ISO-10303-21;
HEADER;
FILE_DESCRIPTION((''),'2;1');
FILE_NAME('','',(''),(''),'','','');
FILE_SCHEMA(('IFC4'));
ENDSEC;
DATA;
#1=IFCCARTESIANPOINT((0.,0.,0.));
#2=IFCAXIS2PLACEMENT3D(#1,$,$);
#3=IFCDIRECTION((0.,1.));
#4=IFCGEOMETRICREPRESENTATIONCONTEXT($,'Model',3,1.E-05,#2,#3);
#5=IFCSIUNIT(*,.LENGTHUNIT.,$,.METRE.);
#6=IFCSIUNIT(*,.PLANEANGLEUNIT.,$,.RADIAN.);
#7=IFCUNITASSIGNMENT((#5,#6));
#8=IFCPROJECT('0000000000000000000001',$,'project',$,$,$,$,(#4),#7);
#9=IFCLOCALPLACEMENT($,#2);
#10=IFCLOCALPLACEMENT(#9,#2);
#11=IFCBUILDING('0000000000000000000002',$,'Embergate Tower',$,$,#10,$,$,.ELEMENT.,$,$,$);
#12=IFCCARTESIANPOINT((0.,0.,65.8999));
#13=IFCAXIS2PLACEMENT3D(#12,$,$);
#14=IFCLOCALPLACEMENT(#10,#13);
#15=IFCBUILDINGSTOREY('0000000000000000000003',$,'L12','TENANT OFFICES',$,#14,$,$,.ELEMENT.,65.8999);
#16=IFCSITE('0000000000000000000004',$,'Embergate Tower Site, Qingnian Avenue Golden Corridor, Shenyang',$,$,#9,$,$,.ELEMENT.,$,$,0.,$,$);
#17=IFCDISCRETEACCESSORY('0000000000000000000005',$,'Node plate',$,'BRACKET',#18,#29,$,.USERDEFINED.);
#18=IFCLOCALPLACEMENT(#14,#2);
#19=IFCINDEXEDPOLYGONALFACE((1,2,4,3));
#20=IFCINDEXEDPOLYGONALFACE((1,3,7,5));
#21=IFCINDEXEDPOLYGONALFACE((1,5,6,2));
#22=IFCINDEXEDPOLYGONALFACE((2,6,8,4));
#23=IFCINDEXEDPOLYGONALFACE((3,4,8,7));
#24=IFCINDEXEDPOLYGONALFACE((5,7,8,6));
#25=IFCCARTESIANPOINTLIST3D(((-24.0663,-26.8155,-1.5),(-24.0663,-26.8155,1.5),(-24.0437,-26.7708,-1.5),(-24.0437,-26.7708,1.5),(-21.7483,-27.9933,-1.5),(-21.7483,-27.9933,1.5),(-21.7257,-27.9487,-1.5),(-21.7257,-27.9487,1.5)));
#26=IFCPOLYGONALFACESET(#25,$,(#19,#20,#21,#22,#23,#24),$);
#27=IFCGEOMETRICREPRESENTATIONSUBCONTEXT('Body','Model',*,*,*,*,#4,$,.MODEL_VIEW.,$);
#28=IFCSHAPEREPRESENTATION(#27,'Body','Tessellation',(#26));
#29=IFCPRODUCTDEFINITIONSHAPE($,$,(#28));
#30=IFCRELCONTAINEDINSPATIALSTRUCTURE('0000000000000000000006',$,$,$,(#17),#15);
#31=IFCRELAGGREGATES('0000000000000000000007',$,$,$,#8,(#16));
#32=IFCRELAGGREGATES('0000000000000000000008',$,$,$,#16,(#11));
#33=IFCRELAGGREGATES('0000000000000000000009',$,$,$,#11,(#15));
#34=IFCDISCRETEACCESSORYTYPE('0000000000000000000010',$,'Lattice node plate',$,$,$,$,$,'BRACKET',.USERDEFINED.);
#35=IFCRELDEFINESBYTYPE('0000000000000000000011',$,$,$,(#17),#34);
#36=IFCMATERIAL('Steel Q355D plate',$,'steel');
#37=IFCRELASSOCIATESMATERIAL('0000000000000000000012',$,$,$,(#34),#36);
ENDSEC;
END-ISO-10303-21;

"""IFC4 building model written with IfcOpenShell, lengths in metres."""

from ifc_helpers import new_model, si_unit, direction, frame, origin, origin_2d, place, context, subcontext, project, spatial, rectangle, extrude, source, transform, mapped, material, type_object, element, save


model = new_model("IFC4")

# Units and contexts
model_context = context("Model", 3, precision=1e-05, world=origin(), true_north=direction((0.0, 1.0)))
body_context = subcontext(model_context, "Body", "Model", "MODEL_VIEW")
ifc_project = project(units=[si_unit("LENGTHUNIT", "METRE"), si_unit("PLANEANGLEUNIT", "RADIAN")], contexts=[model_context])

# Site, building, storey
site_placement = place(None, origin())
site = spatial("IfcSite", under=ifc_project, at=site_placement, Name="Embergate Tower Site, Qingnian Avenue Golden Corridor, Shenyang", CompositionType="ELEMENT", RefElevation=0.0)
building_placement = place(site_placement, origin())
building = spatial("IfcBuilding", under=site, at=building_placement, Name="Embergate Tower", CompositionType="ELEMENT")
storey_placement = place(building_placement, frame((0.0, 0.0, 65.8999)))
storey = spatial("IfcBuildingStorey", under=building, at=storey_placement, Name="L12", Description="TENANT OFFICES", CompositionType="ELEMENT", Elevation=65.8999)

# Discrete accessory
ifc_material_1 = material(Name="Steel Q355D plate", Category="steel")
discrete_accessory_type = type_object("IfcDiscreteAccessoryType", Name="Lattice node plate", ElementType="BRACKET", PredefinedType="USERDEFINED", material=ifc_material_1)
shared_shape_1 = source(origin(), body_context, "Body", "SweptSolid", [
    extrude(rectangle(XDim=2.6001, YDim=0.05, at=origin_2d()), origin(), (0.0, 0.0, 1.0), 3.0),
])
discrete_accessory_placement = place(storey_placement, frame((-22.896, -27.3821, -1.5), z_axis=(0.0, 0.0, 1.0), x_axis=(0.891505, -0.453011, 0.0)))
element("IfcDiscreteAccessory", 1, at=discrete_accessory_placement, inside=storey, type_object=discrete_accessory_type, Name="Node plate", ObjectType="BRACKET", PredefinedType="USERDEFINED", context=body_context, shape_type="MappedRepresentation", body=[
    mapped(shared_shape_1, transform((0.0, 0.0, 0.0))),
])

save(model, "model.ifc")
